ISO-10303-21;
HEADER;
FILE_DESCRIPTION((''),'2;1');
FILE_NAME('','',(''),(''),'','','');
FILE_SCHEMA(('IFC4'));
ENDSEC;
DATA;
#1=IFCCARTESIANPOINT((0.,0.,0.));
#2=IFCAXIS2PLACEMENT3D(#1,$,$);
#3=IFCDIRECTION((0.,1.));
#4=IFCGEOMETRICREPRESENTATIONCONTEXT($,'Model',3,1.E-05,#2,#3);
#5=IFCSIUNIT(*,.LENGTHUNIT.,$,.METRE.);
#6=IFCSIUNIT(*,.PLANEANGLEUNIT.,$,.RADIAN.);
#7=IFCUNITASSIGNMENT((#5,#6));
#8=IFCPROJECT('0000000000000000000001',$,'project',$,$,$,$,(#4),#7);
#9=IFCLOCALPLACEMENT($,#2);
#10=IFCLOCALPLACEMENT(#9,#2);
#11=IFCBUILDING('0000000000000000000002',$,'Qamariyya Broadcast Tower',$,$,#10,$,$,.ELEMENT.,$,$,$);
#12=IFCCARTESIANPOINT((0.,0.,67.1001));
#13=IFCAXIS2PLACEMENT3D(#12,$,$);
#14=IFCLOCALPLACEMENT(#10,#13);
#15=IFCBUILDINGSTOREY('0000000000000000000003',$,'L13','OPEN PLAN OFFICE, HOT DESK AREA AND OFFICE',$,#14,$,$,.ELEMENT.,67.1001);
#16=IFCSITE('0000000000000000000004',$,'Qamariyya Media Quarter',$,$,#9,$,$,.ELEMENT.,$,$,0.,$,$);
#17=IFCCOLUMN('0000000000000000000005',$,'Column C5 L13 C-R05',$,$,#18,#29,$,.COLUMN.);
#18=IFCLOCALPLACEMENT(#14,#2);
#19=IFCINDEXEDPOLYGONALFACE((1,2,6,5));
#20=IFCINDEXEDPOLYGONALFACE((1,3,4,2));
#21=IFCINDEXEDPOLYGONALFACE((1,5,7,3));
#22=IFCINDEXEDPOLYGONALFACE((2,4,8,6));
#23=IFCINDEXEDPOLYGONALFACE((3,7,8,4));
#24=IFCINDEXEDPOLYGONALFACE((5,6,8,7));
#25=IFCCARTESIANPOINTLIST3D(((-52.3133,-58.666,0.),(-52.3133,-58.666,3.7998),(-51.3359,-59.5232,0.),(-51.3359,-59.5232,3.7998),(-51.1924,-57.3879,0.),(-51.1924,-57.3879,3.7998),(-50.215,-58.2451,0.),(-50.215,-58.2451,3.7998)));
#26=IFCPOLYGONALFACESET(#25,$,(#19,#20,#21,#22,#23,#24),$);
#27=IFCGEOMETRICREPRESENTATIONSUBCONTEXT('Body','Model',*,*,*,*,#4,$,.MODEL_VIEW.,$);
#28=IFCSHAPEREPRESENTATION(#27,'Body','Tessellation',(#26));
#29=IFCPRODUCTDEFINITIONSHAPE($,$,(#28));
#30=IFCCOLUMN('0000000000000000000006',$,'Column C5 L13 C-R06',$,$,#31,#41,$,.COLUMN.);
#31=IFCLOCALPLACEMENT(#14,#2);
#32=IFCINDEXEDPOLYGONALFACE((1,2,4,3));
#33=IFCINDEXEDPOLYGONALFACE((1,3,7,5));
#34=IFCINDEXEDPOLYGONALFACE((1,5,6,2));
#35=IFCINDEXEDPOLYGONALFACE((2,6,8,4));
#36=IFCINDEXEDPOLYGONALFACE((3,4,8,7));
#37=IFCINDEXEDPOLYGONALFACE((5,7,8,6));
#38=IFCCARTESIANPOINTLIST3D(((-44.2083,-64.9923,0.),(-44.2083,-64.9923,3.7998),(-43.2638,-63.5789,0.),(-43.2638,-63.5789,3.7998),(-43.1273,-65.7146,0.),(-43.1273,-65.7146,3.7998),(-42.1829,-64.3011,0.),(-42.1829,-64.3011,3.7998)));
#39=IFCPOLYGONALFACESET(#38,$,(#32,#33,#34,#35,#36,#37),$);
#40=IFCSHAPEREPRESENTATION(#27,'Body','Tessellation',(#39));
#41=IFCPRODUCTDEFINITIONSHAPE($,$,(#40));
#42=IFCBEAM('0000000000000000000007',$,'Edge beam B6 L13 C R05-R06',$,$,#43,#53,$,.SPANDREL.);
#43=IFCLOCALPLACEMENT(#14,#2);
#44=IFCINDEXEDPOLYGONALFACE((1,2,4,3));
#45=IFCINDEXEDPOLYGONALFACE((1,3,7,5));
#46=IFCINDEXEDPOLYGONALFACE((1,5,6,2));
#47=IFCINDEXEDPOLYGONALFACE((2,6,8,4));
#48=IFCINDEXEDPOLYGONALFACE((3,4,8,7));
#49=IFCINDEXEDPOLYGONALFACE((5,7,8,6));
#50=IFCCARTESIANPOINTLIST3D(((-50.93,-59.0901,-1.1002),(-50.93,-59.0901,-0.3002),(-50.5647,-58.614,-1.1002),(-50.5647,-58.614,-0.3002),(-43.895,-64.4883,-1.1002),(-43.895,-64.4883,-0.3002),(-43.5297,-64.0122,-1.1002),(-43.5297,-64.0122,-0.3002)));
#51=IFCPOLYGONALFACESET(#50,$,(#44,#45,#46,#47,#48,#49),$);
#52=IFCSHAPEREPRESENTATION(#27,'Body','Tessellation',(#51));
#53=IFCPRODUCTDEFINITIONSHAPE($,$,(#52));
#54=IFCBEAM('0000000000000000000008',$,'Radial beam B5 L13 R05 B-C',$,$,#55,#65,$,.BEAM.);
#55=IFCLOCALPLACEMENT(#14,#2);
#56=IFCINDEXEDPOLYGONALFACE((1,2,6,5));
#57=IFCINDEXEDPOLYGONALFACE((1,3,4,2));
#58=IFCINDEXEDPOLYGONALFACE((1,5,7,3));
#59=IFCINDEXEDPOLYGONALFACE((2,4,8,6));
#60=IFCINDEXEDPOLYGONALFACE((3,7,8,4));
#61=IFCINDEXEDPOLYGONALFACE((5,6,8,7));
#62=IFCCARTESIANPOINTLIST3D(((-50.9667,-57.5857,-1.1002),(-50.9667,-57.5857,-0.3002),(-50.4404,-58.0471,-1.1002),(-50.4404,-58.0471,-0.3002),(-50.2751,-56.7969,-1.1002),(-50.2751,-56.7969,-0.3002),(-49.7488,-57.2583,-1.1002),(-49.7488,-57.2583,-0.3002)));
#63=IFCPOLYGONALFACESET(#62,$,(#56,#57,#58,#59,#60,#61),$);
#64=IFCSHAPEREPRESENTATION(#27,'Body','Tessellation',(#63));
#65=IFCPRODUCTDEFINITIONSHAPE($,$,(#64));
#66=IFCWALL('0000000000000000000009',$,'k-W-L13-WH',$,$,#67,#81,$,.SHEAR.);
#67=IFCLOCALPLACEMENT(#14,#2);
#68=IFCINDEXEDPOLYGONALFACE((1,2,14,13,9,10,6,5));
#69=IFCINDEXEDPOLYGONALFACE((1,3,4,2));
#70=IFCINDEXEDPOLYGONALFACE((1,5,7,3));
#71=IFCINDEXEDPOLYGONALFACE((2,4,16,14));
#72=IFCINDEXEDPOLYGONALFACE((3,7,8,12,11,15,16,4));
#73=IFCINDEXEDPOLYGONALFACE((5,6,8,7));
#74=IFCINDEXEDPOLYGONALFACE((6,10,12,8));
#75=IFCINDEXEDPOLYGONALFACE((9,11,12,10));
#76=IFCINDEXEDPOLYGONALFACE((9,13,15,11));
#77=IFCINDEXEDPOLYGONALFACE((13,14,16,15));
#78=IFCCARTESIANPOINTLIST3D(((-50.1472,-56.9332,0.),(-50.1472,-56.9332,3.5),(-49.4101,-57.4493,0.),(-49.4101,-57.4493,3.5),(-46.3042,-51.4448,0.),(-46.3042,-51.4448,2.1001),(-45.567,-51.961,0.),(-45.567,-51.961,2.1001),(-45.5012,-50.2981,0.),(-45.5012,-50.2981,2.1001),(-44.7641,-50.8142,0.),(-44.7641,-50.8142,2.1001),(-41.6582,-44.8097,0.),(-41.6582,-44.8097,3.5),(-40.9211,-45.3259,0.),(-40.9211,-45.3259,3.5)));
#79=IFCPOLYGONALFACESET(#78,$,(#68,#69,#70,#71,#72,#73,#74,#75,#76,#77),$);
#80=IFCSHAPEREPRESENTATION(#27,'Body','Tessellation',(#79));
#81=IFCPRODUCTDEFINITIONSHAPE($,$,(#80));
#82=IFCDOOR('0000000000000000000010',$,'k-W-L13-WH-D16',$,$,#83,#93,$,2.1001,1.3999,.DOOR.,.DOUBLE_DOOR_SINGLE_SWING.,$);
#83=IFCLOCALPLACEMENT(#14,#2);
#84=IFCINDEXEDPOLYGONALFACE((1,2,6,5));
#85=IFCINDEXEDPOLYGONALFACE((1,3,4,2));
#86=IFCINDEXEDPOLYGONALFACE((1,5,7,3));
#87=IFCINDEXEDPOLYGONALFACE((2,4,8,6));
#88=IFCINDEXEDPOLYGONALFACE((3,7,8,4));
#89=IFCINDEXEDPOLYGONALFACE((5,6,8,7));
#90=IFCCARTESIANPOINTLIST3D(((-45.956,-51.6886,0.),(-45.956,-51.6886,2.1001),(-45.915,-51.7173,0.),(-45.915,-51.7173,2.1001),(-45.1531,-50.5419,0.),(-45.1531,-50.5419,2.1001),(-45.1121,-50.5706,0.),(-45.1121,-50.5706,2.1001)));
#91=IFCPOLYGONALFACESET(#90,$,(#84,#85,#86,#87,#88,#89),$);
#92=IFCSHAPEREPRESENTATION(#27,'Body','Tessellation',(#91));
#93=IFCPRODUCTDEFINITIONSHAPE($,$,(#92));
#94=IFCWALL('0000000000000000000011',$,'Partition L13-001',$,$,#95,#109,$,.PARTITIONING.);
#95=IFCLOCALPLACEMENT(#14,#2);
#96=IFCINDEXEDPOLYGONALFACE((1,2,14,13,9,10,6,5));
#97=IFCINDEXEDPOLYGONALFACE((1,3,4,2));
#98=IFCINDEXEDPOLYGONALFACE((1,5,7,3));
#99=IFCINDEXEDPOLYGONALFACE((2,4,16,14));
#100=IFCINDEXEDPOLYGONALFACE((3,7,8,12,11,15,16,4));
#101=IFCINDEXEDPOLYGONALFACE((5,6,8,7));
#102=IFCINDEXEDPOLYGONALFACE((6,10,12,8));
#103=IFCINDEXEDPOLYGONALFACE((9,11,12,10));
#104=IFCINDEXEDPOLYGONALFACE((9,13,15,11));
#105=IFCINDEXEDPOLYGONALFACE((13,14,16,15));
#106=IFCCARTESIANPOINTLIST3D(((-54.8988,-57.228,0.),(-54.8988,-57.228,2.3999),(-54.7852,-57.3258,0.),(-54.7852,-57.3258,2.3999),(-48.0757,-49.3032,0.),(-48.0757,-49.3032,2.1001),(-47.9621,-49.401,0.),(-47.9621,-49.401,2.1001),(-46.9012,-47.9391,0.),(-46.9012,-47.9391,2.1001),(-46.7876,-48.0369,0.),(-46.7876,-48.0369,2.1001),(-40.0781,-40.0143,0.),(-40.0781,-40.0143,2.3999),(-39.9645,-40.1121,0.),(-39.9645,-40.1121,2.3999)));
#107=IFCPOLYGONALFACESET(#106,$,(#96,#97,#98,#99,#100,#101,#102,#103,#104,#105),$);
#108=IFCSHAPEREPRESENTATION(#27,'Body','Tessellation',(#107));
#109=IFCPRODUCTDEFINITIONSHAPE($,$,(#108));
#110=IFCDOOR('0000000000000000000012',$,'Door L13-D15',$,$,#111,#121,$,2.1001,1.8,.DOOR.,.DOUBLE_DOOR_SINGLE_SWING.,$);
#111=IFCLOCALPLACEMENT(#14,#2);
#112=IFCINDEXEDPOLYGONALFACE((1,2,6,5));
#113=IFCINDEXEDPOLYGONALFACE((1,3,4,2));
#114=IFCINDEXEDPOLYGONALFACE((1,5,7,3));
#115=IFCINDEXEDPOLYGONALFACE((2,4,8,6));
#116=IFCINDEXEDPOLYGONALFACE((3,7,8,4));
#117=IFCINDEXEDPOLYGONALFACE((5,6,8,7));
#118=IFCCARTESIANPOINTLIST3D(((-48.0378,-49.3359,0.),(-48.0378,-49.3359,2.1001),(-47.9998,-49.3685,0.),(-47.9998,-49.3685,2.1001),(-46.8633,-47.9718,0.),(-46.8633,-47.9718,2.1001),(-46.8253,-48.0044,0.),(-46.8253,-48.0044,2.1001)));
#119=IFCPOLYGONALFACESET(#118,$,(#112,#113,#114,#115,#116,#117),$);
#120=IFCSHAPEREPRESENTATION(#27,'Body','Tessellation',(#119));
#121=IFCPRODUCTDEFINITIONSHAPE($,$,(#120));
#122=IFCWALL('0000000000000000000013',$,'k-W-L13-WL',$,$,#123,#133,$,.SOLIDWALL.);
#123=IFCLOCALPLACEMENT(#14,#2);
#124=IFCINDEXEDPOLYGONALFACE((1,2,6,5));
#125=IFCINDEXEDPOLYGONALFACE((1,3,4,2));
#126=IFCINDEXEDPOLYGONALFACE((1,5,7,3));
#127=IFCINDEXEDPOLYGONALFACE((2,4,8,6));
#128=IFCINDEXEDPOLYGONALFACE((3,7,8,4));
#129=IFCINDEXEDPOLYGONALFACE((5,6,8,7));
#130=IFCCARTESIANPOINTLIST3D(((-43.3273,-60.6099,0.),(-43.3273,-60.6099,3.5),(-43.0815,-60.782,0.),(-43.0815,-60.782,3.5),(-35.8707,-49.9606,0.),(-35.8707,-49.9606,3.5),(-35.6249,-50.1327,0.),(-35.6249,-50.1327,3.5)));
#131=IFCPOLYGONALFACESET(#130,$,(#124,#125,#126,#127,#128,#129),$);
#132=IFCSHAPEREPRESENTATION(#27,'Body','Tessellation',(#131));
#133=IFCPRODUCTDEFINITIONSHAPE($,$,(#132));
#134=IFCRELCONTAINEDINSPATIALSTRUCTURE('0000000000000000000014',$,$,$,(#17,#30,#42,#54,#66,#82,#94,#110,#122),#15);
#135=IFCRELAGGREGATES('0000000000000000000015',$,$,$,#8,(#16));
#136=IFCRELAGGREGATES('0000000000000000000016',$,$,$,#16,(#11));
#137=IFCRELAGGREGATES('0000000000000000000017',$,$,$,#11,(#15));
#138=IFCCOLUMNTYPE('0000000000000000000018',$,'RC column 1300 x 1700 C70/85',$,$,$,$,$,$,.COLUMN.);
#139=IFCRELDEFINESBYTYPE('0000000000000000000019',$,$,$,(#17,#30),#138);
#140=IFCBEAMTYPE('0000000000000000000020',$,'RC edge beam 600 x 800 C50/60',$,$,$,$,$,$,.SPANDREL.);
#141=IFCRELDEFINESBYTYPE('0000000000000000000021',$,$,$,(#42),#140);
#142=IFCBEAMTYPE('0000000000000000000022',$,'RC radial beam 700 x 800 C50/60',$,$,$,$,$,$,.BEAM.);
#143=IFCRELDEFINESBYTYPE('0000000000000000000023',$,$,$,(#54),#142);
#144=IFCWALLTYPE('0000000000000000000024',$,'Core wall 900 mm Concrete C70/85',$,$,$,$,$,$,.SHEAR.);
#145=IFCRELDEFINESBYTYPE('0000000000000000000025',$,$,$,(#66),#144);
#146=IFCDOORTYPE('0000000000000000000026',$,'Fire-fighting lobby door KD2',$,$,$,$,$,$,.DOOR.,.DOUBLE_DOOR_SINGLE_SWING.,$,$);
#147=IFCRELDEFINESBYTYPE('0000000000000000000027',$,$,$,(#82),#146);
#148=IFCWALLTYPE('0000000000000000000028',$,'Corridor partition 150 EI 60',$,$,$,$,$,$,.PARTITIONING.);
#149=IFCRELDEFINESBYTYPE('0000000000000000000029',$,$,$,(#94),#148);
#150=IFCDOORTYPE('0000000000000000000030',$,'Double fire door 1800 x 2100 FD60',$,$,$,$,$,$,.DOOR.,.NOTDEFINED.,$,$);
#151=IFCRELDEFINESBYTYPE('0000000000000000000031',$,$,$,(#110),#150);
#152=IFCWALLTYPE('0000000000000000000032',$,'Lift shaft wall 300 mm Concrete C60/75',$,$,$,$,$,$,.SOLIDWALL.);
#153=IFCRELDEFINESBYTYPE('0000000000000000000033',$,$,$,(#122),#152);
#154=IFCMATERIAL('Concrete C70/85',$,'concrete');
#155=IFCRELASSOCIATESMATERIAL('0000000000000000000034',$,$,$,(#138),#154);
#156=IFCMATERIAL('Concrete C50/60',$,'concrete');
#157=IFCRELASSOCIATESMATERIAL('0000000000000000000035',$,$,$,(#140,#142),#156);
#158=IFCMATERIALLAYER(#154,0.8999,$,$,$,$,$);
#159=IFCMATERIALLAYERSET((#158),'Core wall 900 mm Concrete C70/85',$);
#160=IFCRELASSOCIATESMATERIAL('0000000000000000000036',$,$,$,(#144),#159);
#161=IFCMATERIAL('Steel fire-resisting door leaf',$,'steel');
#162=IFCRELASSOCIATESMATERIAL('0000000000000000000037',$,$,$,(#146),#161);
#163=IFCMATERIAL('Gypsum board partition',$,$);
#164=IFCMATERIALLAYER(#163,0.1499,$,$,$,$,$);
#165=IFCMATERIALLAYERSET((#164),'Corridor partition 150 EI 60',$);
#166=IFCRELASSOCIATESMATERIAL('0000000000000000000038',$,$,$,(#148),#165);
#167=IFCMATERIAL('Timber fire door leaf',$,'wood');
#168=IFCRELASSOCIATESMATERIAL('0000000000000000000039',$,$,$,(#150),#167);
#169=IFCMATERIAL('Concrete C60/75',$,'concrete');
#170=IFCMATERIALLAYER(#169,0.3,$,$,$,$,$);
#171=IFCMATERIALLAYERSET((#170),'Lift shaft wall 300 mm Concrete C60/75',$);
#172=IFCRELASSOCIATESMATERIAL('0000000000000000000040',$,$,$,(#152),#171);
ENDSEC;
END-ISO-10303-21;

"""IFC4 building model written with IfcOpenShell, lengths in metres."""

from ifc_helpers import new_model, si_unit, direction, frame, frame_2d, origin, origin_2d, place, context, subcontext, project, spatial, rectangle, extrude, material, layer, layer_set, material_profile, profile_set, type_object, element, fill, save


model = new_model("IFC4")

# Units and contexts
model_context = context("Model", 3, precision=1e-05, world=origin(), true_north=direction((0.0, 1.0)))
body_context = subcontext(model_context, "Body", "Model", "MODEL_VIEW")
ifc_project = project(units=[si_unit("LENGTHUNIT", "METRE"), si_unit("PLANEANGLEUNIT", "RADIAN")], contexts=[model_context])

# Site, building, storey
site_placement = place(None, origin())
site = spatial("IfcSite", under=ifc_project, at=site_placement, Name="Qamariyya Media Quarter", CompositionType="ELEMENT", RefElevation=0.0)
building_placement = place(site_placement, origin())
building = spatial("IfcBuilding", under=site, at=building_placement, Name="Qamariyya Broadcast Tower", CompositionType="ELEMENT")
storey_placement = place(building_placement, frame((0.0, 0.0, 67.1001)))
storey = spatial("IfcBuildingStorey", under=building, at=storey_placement, Name="L13", Description="OPEN PLAN OFFICE, HOT DESK AREA AND OFFICE", CompositionType="ELEMENT", Elevation=67.1001)

# Columns
ifc_material_1 = material(Name="Concrete C70/85", Category="concrete")
ifc_material_profile_1 = material_profile(ifc_material_1, rectangle(XDim=1.3, YDim=1.7, at=origin_2d()))
ifc_profile_set_1 = profile_set([ifc_material_profile_1], Name="Concrete C70/85")
column_type = type_object("IfcColumnType", Name="RC column 1300 x 1700 C70/85", PredefinedType="COLUMN", material=ifc_profile_set_1)
for number, where, z_axis, x_axis, name in (
    (1, (-51.2642, -58.4556, 0.0), (0.0, 0.0, 1.0), (0.75184, -0.659346, 0.0), "Column C5 L13 C-R05"),
    (2, (-43.1956, -64.6467, 0.0), (0.0, 0.0, 1.0), (0.83147, -0.55557, 0.0), "Column C5 L13 C-R06"),
):
    element("IfcColumn", number, at=place(storey_placement, frame(where, z_axis=z_axis, x_axis=x_axis)), inside=storey, type_object=column_type, Name=name, PredefinedType="COLUMN", context=body_context, shape_type="SweptSolid", body=[
        extrude(rectangle(XDim=1.3, YDim=1.7, at=origin_2d()), origin(), (0.0, 0.0, 1.0), 3.7998),
    ])

# Beams
ifc_material_2 = material(Name="Concrete C50/60", Category="concrete")
ifc_material_profile_2 = material_profile(ifc_material_2, rectangle(XDim=0.6001, YDim=0.8, at=origin_2d()))
ifc_profile_set_2 = profile_set([ifc_material_profile_2], Name="Concrete C50/60")
beam_type_1 = type_object("IfcBeamType", Name="RC edge beam 600 x 800 C50/60", PredefinedType="SPANDREL", material=ifc_profile_set_2)
beam_1_placement = place(storey_placement, frame((-50.7473, -58.8521, -0.7002), z_axis=(0.793347, -0.60877, 0.0), x_axis=(0.60877, 0.793347, 0.0)))
element("IfcBeam", 3, at=beam_1_placement, inside=storey, type_object=beam_type_1, Name="Edge beam B6 L13 C R05-R06", PredefinedType="SPANDREL", context=body_context, shape_type="SweptSolid", body=[
    extrude(rectangle(XDim=0.6001, YDim=0.8, at=origin_2d()), origin(), (0.0, 0.0, 1.0), 8.8674),
])
ifc_material_profile_3 = material_profile(ifc_material_2, rectangle(XDim=0.7, YDim=0.8, at=origin_2d()))
ifc_profile_set_3 = profile_set([ifc_material_profile_3], Name="Concrete C50/60")
beam_type_2 = type_object("IfcBeamType", Name="RC radial beam 700 x 800 C50/60", PredefinedType="BEAM", material=ifc_profile_set_3)
beam_2_placement = place(storey_placement, frame((-50.012, -57.0276, -0.7002), z_axis=(-0.659279, -0.751899, 0.0), x_axis=(0.751899, -0.659279, 0.0)))
element("IfcBeam", 4, at=beam_2_placement, inside=storey, type_object=beam_type_2, Name="Radial beam B5 L13 R05 B-C", PredefinedType="BEAM", context=body_context, shape_type="SweptSolid", body=[
    extrude(rectangle(XDim=0.7, YDim=0.8, at=origin_2d()), origin(), (0.0, 0.0, 1.0), 1.0491),
])

# Walls, openings, doors
ifc_layer_1 = layer(ifc_material_1, 0.8999)
ifc_layer_set_1 = layer_set([ifc_layer_1], Name="Core wall 900 mm Concrete C70/85")
wall_type_1 = type_object("IfcWallType", Name="Core wall 900 mm Concrete C70/85", PredefinedType="SHEAR", material=ifc_layer_set_1)
wall_1_placement = place(storey_placement, frame((-49.7786, -57.1912, 0.0), z_axis=(0.0, 0.0, 1.0), x_axis=(0.573577, 0.819151, 0.0)))
wall_1 = element("IfcWall", 5, at=wall_1_placement, inside=storey, type_object=wall_type_1, Name="k-W-L13-WH", PredefinedType="SHEAR", context=body_context, shape_type="SweptSolid", body=[
    extrude(rectangle(XDim=14.8, YDim=0.8999, at=frame_2d((7.3999, 0.0))), origin(), (0.0, 0.0, 1.0), 3.5),
])
opening_1_placement = place(wall_1_placement, frame((6.7, 0.0, 0.0)))
opening_1 = element("IfcOpeningElement", 6, at=opening_1_placement, cuts=wall_1, PredefinedType="OPENING", context=body_context, shape_type="SweptSolid", body=[
    extrude(rectangle(XDim=1.3999, YDim=2.1001, at=frame_2d((0.7, 1.05))), frame((0.0, 0.46, 0.0), z_axis=(0.0, -1.0, 0.0), x_axis=(1.0, 0.0, 0.0)), (0.0, 0.0, 1.0), 0.9199),
])
ifc_material_3 = material(Name="Steel fire-resisting door leaf", Category="steel")
door_type_1 = type_object("IfcDoorType", Name="Fire-fighting lobby door KD2", OperationType="DOUBLE_DOOR_SINGLE_SWING", PredefinedType="DOOR", material=ifc_material_3)
door_1_placement = place(opening_1_placement, origin())
door_1 = element("IfcDoor", 7, at=door_1_placement, inside=storey, type_object=door_type_1, Name="k-W-L13-WH-D16", OperationType="DOUBLE_DOOR_SINGLE_SWING", OverallHeight=2.1001, OverallWidth=1.3999, PredefinedType="DOOR", context=body_context, shape_type="SweptSolid", body=[
    extrude(rectangle(XDim=1.3999, YDim=2.1001, at=frame_2d((0.7, 1.05))), frame((0.0, 0.0249, 0.0), z_axis=(0.0, -1.0, 0.0), x_axis=(1.0, 0.0, 0.0)), (0.0, 0.0, 1.0), 0.05),
])
fill(opening_1, door_1)
ifc_material_4 = material(Name="Gypsum board partition")
ifc_layer_2 = layer(ifc_material_4, 0.1499)
ifc_layer_set_2 = layer_set([ifc_layer_2], Name="Corridor partition 150 EI 60")
wall_type_2 = type_object("IfcWallType", Name="Corridor partition 150 EI 60", PredefinedType="PARTITIONING", material=ifc_layer_set_2)
wall_2_placement = place(storey_placement, frame((-54.842, -57.2769, 0.0), z_axis=(0.0, 0.0, 1.0), x_axis=(0.652472, 0.757813, 0.0)))
wall_2 = element("IfcWall", 8, at=wall_2_placement, inside=storey, type_object=wall_type_2, Name="Partition L13-001", PredefinedType="PARTITIONING", context=body_context, shape_type="SweptSolid", body=[
    extrude(rectangle(XDim=22.7148, YDim=0.1499, at=frame_2d((11.3574, 0.0))), origin(), (0.0, 0.0, 1.0), 2.3999),
])
opening_2_placement = place(wall_2_placement, frame((10.4575, 0.0, 0.0)))
opening_2 = element("IfcOpeningElement", 9, at=opening_2_placement, cuts=wall_2, PredefinedType="OPENING", context=body_context, shape_type="SweptSolid", body=[
    extrude(rectangle(XDim=1.8, YDim=2.1001, at=frame_2d((0.8999, 1.05))), frame((0.0, 0.085, 0.0), z_axis=(0.0, -1.0, 0.0), x_axis=(1.0, 0.0, 0.0)), (0.0, 0.0, 1.0), 0.1699),
])
ifc_material_5 = material(Name="Timber fire door leaf", Category="wood")
door_type_2 = type_object("IfcDoorType", Name="Double fire door 1800 x 2100 FD60", OperationType="NOTDEFINED", PredefinedType="DOOR", material=ifc_material_5)
door_2_placement = place(opening_2_placement, origin())
door_2 = element("IfcDoor", 10, at=door_2_placement, inside=storey, type_object=door_type_2, Name="Door L13-D15", OperationType="DOUBLE_DOOR_SINGLE_SWING", OverallHeight=2.1001, OverallWidth=1.8, PredefinedType="DOOR", context=body_context, shape_type="SweptSolid", body=[
    extrude(rectangle(XDim=1.8, YDim=2.1001, at=frame_2d((0.8999, 1.05))), frame((0.0, 0.0249, 0.0), z_axis=(0.0, -1.0, 0.0), x_axis=(1.0, 0.0, 0.0)), (0.0, 0.0, 1.0), 0.05),
])
fill(opening_2, door_2)

# Wall
ifc_material_6 = material(Name="Concrete C60/75", Category="concrete")
ifc_layer_3 = layer(ifc_material_6, 0.3)
ifc_layer_set_3 = layer_set([ifc_layer_3], Name="Lift shaft wall 300 mm Concrete C60/75")
wall_type_3 = type_object("IfcWallType", Name="Lift shaft wall 300 mm Concrete C60/75", PredefinedType="SOLIDWALL", material=ifc_layer_set_3)
wall_3_placement = place(storey_placement, frame((-43.2043, -60.6958, 0.0), z_axis=(0.0, 0.0, 1.0), x_axis=(0.573572, 0.819155, 0.0)))
element("IfcWall", 11, at=wall_3_placement, inside=storey, type_object=wall_type_3, Name="k-W-L13-WL", PredefinedType="SOLIDWALL", context=body_context, shape_type="SweptSolid", body=[
    extrude(rectangle(XDim=13.0002, YDim=0.3, at=frame_2d((6.5, 0.0))), origin(), (0.0, 0.0, 1.0), 3.5),
])

save(model, "model.ifc")
